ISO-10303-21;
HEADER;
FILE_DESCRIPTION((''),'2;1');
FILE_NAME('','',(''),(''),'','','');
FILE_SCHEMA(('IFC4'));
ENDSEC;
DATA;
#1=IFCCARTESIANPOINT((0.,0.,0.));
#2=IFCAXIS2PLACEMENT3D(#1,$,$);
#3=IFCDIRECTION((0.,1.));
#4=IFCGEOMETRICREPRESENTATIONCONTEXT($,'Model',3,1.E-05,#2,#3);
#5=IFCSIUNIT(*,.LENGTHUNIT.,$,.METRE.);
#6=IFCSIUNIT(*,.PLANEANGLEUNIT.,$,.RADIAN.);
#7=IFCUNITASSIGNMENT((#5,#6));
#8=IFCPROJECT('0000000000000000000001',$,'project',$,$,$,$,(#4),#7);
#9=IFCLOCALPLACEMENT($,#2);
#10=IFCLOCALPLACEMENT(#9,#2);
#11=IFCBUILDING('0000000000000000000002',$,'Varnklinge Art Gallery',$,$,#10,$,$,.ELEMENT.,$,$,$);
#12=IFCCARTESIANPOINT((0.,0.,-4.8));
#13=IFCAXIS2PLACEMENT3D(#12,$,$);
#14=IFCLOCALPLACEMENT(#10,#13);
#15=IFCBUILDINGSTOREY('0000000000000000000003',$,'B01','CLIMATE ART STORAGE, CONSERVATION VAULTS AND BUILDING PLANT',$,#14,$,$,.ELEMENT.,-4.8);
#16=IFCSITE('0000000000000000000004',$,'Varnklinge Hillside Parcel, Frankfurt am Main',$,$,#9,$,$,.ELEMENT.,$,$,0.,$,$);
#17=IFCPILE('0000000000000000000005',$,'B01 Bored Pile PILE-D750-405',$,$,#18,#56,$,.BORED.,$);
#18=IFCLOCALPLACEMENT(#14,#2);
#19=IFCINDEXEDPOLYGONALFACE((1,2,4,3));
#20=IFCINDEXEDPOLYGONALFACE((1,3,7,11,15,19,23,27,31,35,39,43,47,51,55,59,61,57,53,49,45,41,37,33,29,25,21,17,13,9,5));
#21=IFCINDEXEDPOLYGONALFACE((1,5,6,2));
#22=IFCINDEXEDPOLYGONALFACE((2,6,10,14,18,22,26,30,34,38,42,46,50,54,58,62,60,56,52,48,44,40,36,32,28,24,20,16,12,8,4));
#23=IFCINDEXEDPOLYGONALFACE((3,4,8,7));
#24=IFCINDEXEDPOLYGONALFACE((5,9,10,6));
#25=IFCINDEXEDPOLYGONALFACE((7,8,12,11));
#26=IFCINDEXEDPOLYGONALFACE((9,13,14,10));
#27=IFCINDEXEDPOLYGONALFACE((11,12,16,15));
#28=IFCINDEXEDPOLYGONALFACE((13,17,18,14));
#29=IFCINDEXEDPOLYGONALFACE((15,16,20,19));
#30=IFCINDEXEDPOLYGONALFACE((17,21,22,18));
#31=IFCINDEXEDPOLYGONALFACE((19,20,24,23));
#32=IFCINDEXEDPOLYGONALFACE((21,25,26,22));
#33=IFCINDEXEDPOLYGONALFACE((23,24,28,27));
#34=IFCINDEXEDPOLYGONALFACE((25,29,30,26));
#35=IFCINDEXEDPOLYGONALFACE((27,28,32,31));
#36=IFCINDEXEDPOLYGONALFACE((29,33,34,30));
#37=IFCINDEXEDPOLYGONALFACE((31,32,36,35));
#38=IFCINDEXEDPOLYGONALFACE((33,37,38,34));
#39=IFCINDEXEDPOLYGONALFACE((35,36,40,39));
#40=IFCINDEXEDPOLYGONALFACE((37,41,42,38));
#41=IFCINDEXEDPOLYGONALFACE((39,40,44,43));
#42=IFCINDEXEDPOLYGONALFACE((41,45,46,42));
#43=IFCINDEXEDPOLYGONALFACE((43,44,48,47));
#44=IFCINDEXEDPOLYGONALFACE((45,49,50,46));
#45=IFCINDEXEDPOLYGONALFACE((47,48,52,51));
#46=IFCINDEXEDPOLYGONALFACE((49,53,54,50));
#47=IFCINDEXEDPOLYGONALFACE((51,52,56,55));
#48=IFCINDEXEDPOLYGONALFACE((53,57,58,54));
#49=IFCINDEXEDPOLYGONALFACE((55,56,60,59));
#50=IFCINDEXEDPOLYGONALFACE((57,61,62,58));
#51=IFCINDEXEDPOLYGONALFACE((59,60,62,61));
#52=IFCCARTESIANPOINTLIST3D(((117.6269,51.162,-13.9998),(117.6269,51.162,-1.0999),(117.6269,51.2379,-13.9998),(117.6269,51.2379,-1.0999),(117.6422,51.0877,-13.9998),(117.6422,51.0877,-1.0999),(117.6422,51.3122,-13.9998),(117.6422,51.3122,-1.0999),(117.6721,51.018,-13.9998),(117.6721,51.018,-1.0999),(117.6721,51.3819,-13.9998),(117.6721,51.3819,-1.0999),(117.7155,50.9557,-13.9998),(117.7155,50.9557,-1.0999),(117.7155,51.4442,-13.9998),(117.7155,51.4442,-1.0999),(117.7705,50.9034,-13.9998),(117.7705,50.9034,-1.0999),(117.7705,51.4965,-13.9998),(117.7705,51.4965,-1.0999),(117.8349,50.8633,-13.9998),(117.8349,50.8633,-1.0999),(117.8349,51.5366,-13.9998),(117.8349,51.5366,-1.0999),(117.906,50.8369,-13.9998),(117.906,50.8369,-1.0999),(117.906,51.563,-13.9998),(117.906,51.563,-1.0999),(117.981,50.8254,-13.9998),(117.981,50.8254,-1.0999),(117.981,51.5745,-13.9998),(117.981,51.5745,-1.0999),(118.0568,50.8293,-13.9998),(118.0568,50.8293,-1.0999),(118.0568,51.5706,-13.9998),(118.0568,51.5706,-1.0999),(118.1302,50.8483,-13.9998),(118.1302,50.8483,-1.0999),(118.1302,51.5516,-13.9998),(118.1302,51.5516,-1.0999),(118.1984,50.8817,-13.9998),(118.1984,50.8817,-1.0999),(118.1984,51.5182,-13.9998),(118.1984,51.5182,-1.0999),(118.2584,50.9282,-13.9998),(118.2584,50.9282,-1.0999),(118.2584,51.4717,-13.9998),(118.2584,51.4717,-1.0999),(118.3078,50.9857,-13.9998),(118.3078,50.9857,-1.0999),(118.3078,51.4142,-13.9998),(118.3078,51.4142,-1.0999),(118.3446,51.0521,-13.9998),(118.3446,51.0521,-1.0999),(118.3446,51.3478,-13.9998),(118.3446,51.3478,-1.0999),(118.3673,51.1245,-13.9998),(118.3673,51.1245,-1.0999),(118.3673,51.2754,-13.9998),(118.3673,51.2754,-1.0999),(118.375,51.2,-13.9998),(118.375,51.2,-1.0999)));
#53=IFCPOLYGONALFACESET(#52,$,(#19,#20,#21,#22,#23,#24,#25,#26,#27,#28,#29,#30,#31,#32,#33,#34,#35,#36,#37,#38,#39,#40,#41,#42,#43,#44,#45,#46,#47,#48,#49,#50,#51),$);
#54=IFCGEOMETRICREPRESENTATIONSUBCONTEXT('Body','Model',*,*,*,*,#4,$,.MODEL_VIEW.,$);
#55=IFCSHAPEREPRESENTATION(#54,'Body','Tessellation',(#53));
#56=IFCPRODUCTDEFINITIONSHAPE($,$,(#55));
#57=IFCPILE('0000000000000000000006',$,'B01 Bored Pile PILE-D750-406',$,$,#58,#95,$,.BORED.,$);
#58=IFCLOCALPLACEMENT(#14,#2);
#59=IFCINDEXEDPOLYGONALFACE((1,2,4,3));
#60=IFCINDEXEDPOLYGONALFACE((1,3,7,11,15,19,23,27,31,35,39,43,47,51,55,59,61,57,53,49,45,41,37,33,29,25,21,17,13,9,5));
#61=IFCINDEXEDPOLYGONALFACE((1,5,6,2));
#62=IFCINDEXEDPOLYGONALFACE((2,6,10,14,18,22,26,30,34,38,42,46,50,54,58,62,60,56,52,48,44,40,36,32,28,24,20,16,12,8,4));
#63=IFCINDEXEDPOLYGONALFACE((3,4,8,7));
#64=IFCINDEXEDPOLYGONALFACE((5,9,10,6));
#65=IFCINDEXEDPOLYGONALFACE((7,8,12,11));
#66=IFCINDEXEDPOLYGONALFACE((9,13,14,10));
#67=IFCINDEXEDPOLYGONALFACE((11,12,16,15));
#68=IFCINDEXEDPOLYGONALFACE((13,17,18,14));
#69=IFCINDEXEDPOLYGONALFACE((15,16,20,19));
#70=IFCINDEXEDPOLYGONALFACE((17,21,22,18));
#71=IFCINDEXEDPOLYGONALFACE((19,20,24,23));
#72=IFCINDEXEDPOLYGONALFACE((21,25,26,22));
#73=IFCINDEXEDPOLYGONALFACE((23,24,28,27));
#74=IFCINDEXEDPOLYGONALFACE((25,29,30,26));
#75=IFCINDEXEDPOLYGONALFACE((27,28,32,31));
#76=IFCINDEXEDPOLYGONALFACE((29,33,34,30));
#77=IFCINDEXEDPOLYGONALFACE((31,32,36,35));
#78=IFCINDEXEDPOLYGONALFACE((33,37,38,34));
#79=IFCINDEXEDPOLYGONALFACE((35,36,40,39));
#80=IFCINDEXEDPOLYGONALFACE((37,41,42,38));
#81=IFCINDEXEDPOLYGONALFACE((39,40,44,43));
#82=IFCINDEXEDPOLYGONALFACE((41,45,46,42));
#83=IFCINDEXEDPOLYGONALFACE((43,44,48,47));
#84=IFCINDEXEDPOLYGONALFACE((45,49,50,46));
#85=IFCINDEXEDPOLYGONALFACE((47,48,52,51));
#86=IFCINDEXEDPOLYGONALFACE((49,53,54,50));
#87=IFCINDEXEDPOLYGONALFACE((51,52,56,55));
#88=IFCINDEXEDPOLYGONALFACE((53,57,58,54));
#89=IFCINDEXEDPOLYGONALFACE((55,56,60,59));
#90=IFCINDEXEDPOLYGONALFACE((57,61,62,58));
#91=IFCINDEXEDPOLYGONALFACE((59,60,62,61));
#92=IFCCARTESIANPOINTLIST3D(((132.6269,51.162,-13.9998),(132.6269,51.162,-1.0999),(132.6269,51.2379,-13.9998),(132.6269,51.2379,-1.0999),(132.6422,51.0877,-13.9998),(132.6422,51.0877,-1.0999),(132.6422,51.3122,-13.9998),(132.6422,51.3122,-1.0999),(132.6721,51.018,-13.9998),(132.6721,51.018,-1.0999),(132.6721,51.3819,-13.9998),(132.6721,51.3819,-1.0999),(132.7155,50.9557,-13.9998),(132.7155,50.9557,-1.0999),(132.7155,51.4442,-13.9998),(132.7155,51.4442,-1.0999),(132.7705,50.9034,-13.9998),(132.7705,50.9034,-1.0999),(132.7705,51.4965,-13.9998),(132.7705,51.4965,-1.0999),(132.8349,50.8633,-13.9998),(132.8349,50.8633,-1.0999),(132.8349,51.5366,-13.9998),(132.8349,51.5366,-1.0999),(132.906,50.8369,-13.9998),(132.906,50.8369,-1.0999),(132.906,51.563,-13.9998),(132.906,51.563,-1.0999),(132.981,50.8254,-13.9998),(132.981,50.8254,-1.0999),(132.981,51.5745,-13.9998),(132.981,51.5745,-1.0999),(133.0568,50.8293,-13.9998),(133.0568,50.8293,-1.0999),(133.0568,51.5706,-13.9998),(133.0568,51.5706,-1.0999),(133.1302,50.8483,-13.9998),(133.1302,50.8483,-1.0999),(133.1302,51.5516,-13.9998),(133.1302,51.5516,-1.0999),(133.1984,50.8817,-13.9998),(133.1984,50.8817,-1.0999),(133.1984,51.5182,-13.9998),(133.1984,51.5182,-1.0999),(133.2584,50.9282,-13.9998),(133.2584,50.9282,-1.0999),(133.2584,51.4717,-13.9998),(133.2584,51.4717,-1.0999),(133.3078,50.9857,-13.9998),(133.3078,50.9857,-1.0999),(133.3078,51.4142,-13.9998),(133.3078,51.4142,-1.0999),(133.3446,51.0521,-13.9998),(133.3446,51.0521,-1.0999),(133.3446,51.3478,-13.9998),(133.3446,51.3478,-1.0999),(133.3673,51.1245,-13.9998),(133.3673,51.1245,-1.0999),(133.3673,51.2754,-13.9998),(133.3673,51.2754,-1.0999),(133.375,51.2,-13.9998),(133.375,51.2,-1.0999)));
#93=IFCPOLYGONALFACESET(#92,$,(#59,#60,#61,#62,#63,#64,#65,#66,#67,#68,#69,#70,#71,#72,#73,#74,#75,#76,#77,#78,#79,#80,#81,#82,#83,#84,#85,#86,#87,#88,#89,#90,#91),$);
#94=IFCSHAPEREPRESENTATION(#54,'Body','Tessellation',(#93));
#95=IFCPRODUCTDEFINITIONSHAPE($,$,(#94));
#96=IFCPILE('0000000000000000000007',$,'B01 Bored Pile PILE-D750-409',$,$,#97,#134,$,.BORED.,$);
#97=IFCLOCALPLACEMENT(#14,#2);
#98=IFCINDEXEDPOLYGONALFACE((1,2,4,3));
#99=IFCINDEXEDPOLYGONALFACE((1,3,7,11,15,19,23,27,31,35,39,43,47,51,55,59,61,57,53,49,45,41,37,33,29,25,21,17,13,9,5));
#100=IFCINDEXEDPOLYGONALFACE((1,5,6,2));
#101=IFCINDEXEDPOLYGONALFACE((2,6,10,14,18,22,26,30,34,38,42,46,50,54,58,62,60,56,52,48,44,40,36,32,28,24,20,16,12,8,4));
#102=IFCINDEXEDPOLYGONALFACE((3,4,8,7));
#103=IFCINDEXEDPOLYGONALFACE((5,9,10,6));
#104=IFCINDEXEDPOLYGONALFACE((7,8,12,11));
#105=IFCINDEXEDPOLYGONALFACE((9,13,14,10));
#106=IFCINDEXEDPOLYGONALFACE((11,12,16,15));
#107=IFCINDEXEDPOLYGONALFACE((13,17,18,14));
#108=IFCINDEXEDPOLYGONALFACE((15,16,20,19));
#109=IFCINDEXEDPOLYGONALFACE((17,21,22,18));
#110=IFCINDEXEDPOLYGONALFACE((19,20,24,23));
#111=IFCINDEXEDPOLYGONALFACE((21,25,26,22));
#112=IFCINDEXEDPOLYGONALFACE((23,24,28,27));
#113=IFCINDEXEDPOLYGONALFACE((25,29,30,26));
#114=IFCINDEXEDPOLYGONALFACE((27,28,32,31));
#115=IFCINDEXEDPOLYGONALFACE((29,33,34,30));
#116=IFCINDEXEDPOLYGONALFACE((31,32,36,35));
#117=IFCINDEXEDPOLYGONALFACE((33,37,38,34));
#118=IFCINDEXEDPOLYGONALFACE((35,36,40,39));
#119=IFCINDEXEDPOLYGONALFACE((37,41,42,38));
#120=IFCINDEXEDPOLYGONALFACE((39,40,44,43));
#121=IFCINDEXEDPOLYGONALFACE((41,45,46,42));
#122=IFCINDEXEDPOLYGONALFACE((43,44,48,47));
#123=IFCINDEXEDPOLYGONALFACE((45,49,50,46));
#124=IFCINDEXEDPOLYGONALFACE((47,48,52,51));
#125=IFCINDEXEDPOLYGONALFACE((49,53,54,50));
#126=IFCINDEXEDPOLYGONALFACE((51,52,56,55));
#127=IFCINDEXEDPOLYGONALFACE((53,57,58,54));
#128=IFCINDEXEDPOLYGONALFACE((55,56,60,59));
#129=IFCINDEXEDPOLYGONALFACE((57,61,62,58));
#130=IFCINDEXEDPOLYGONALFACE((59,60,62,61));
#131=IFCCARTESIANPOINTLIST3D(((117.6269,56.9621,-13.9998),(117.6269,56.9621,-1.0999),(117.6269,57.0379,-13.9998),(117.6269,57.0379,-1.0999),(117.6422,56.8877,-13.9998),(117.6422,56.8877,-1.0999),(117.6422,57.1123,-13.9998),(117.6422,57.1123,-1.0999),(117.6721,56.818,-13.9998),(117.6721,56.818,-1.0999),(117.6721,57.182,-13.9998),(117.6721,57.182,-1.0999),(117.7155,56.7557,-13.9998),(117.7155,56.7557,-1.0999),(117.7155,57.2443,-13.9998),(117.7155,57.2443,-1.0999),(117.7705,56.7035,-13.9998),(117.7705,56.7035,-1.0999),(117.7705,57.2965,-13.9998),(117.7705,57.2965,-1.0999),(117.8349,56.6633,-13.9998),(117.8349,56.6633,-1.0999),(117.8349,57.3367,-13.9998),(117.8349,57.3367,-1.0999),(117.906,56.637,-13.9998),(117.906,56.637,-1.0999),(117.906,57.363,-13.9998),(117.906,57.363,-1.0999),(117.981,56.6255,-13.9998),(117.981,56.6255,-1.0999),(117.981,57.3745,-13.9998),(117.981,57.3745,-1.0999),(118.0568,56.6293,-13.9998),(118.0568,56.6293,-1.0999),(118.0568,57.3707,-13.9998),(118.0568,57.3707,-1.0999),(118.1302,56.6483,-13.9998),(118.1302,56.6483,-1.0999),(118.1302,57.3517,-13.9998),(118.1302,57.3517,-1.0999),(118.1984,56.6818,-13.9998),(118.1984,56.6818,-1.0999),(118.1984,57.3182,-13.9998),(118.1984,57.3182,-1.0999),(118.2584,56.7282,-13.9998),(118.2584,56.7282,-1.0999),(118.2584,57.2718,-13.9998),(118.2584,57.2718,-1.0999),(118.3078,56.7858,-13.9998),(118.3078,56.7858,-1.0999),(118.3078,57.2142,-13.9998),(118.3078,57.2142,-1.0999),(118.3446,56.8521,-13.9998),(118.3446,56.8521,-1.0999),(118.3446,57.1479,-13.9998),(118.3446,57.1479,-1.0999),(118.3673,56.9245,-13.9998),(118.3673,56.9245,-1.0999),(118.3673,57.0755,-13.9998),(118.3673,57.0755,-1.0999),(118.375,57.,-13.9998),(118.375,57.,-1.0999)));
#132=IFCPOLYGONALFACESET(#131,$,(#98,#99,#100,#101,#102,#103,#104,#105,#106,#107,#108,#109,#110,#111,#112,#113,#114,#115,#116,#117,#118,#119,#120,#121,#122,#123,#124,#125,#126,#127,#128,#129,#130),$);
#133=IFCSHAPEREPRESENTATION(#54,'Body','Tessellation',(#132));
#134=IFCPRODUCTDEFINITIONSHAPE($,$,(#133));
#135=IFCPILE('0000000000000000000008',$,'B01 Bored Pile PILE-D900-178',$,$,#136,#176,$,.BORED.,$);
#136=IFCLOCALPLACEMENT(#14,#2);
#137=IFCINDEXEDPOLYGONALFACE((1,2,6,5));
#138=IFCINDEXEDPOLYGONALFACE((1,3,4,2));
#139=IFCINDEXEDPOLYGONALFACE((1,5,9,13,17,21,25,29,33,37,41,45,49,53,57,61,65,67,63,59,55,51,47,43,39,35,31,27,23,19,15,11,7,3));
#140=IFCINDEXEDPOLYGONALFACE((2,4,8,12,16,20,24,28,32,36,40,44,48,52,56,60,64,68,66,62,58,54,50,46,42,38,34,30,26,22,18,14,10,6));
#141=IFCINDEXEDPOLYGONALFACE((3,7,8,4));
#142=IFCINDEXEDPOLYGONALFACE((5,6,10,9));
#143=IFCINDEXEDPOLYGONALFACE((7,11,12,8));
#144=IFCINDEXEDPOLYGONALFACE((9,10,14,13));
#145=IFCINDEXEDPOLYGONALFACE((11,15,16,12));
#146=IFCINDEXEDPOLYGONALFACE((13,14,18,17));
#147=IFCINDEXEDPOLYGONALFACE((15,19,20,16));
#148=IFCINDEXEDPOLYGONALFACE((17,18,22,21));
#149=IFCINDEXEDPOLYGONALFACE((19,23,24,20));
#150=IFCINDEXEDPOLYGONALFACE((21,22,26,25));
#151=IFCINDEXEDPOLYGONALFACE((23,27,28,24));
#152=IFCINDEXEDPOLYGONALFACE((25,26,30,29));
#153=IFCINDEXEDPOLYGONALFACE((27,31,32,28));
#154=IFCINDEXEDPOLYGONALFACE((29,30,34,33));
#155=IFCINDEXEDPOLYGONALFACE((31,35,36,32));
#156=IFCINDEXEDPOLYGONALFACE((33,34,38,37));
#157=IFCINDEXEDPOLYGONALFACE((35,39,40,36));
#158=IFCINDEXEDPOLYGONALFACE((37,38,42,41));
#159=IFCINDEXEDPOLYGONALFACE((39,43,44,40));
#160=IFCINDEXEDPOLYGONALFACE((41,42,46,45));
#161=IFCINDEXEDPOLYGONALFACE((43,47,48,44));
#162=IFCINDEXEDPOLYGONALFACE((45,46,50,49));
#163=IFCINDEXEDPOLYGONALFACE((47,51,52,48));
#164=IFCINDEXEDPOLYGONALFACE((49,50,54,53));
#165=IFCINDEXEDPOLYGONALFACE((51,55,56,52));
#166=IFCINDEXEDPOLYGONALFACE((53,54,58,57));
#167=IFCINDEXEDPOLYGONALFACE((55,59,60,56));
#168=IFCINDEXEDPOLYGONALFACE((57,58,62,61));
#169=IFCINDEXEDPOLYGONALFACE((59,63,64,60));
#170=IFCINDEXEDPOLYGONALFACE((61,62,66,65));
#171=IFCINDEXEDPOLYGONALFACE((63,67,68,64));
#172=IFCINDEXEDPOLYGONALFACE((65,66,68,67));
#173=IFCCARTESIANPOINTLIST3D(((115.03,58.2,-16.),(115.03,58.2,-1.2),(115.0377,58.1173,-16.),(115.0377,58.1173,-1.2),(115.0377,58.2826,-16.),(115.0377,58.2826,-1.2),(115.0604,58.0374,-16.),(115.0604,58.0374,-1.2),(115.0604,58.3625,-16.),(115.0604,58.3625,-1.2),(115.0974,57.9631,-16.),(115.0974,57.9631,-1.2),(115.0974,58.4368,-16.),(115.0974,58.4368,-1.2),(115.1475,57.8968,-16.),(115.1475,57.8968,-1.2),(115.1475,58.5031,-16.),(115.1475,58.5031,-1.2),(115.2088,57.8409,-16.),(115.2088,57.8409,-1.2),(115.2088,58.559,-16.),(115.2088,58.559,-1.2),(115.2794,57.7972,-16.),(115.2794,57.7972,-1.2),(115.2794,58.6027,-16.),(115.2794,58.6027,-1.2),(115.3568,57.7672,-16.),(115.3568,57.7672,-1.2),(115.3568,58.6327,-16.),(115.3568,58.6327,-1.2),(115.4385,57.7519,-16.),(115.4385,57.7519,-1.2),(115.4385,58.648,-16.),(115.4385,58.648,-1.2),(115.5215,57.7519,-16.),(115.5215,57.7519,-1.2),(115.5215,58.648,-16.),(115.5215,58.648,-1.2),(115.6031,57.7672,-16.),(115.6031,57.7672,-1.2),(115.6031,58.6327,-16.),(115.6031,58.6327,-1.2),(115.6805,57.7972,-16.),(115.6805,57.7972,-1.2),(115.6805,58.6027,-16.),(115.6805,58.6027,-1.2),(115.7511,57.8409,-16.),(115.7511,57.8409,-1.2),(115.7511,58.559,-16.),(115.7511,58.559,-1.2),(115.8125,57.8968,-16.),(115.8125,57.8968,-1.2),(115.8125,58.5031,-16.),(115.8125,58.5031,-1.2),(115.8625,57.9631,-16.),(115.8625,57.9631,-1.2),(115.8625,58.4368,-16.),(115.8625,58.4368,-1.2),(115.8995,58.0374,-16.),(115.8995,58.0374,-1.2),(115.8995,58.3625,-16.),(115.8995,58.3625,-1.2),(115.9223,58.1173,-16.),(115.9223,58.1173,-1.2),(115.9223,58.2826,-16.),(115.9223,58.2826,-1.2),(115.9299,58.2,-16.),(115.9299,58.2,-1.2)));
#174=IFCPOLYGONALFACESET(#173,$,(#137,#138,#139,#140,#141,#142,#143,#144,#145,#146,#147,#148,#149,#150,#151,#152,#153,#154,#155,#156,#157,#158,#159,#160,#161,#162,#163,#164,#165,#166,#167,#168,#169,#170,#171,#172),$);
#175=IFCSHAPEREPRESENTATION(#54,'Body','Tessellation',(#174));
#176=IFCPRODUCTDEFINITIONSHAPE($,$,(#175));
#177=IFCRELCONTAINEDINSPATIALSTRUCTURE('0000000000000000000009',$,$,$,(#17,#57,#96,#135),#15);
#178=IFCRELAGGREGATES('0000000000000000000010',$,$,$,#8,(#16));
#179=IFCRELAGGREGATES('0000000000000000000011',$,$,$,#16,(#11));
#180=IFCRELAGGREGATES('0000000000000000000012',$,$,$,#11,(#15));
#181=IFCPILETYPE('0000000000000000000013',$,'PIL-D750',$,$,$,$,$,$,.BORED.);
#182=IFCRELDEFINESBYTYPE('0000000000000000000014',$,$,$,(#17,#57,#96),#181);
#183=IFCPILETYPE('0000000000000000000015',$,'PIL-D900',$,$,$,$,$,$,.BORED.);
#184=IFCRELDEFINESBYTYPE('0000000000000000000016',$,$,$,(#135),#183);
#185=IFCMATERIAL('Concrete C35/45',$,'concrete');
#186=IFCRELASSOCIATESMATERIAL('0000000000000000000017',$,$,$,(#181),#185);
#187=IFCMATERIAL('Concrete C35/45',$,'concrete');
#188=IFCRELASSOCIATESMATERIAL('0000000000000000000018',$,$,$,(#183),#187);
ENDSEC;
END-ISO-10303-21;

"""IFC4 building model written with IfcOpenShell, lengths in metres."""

from ifc_helpers import new_model, si_unit, direction, frame, origin, origin_2d, place, context, subcontext, project, spatial, circle, extrude, material, material_profile, profile_set, type_object, element, save


model = new_model("IFC4")

# Units and contexts
model_context = context("Model", 3, precision=1e-05, world=origin(), true_north=direction((0.0, 1.0)))
body_context = subcontext(model_context, "Body", "Model", "MODEL_VIEW")
ifc_project = project(units=[si_unit("LENGTHUNIT", "METRE"), si_unit("PLANEANGLEUNIT", "RADIAN")], contexts=[model_context])

# Site, building, storey
site_placement = place(None, origin())
site = spatial("IfcSite", under=ifc_project, at=site_placement, Name="Varnklinge Hillside Parcel, Frankfurt am Main", CompositionType="ELEMENT", RefElevation=0.0)
building_placement = place(site_placement, origin())
building = spatial("IfcBuilding", under=site, at=building_placement, Name="Varnklinge Art Gallery", CompositionType="ELEMENT")
storey_placement = place(building_placement, frame((0.0, 0.0, -4.8)))
storey = spatial("IfcBuildingStorey", under=building, at=storey_placement, Name="B01", Description="CLIMATE ART STORAGE, CONSERVATION VAULTS AND BUILDING PLANT", CompositionType="ELEMENT", Elevation=-4.8)

# Piles
ifc_material_1 = material(Name="Concrete C35/45", Category="concrete")
ifc_material_profile_1 = material_profile(ifc_material_1, circle(Radius=0.375, at=origin_2d()), Name="PILE D750")
ifc_profile_set_1 = profile_set([ifc_material_profile_1], Name="Concrete C35/45")
pile_type_1 = type_object("IfcPileType", Name="PIL-D750", PredefinedType="BORED", material=ifc_profile_set_1)
for number, where, z_axis, x_axis, name in (
    (1, (118.0, 51.2, -1.0999), (0.0, 0.0, -1.0), (1.0, 0.0, 0.0), "B01 Bored Pile PILE-D750-405"),
    (2, (133.0, 51.2, -1.0999), (0.0, 0.0, -1.0), (1.0, 0.0, 0.0), "B01 Bored Pile PILE-D750-406"),
    (3, (118.0, 57.0, -1.0999), (0.0, 0.0, -1.0), (1.0, 0.0, 0.0), "B01 Bored Pile PILE-D750-409"),
):
    element("IfcPile", number, at=place(storey_placement, frame(where, z_axis=z_axis, x_axis=x_axis)), inside=storey, type_object=pile_type_1, Name=name, PredefinedType="BORED", context=body_context, shape_type="SweptSolid", body=[
        extrude(circle(Radius=0.375, at=origin_2d()), origin(), (0.0, 0.0, 1.0), 12.8999),
    ])
ifc_material_2 = material(Name="Concrete C35/45", Category="concrete")
ifc_material_profile_2 = material_profile(ifc_material_2, circle(Radius=0.45, at=origin_2d()), Name="PILE D900")
ifc_profile_set_2 = profile_set([ifc_material_profile_2], Name="Concrete C35/45")
pile_type_2 = type_object("IfcPileType", Name="PIL-D900", PredefinedType="BORED", material=ifc_profile_set_2)
pile_1_placement = place(storey_placement, frame((115.48, 58.2, -1.2), z_axis=(0.0, 0.0, -1.0), x_axis=(1.0, 0.0, 0.0)))
element("IfcPile", 4, at=pile_1_placement, inside=storey, type_object=pile_type_2, Name="B01 Bored Pile PILE-D900-178", PredefinedType="BORED", context=body_context, shape_type="SweptSolid", body=[
    extrude(circle(Radius=0.45, at=origin_2d()), origin(), (0.0, 0.0, 1.0), 14.8),
])

save(model, "model.ifc")
